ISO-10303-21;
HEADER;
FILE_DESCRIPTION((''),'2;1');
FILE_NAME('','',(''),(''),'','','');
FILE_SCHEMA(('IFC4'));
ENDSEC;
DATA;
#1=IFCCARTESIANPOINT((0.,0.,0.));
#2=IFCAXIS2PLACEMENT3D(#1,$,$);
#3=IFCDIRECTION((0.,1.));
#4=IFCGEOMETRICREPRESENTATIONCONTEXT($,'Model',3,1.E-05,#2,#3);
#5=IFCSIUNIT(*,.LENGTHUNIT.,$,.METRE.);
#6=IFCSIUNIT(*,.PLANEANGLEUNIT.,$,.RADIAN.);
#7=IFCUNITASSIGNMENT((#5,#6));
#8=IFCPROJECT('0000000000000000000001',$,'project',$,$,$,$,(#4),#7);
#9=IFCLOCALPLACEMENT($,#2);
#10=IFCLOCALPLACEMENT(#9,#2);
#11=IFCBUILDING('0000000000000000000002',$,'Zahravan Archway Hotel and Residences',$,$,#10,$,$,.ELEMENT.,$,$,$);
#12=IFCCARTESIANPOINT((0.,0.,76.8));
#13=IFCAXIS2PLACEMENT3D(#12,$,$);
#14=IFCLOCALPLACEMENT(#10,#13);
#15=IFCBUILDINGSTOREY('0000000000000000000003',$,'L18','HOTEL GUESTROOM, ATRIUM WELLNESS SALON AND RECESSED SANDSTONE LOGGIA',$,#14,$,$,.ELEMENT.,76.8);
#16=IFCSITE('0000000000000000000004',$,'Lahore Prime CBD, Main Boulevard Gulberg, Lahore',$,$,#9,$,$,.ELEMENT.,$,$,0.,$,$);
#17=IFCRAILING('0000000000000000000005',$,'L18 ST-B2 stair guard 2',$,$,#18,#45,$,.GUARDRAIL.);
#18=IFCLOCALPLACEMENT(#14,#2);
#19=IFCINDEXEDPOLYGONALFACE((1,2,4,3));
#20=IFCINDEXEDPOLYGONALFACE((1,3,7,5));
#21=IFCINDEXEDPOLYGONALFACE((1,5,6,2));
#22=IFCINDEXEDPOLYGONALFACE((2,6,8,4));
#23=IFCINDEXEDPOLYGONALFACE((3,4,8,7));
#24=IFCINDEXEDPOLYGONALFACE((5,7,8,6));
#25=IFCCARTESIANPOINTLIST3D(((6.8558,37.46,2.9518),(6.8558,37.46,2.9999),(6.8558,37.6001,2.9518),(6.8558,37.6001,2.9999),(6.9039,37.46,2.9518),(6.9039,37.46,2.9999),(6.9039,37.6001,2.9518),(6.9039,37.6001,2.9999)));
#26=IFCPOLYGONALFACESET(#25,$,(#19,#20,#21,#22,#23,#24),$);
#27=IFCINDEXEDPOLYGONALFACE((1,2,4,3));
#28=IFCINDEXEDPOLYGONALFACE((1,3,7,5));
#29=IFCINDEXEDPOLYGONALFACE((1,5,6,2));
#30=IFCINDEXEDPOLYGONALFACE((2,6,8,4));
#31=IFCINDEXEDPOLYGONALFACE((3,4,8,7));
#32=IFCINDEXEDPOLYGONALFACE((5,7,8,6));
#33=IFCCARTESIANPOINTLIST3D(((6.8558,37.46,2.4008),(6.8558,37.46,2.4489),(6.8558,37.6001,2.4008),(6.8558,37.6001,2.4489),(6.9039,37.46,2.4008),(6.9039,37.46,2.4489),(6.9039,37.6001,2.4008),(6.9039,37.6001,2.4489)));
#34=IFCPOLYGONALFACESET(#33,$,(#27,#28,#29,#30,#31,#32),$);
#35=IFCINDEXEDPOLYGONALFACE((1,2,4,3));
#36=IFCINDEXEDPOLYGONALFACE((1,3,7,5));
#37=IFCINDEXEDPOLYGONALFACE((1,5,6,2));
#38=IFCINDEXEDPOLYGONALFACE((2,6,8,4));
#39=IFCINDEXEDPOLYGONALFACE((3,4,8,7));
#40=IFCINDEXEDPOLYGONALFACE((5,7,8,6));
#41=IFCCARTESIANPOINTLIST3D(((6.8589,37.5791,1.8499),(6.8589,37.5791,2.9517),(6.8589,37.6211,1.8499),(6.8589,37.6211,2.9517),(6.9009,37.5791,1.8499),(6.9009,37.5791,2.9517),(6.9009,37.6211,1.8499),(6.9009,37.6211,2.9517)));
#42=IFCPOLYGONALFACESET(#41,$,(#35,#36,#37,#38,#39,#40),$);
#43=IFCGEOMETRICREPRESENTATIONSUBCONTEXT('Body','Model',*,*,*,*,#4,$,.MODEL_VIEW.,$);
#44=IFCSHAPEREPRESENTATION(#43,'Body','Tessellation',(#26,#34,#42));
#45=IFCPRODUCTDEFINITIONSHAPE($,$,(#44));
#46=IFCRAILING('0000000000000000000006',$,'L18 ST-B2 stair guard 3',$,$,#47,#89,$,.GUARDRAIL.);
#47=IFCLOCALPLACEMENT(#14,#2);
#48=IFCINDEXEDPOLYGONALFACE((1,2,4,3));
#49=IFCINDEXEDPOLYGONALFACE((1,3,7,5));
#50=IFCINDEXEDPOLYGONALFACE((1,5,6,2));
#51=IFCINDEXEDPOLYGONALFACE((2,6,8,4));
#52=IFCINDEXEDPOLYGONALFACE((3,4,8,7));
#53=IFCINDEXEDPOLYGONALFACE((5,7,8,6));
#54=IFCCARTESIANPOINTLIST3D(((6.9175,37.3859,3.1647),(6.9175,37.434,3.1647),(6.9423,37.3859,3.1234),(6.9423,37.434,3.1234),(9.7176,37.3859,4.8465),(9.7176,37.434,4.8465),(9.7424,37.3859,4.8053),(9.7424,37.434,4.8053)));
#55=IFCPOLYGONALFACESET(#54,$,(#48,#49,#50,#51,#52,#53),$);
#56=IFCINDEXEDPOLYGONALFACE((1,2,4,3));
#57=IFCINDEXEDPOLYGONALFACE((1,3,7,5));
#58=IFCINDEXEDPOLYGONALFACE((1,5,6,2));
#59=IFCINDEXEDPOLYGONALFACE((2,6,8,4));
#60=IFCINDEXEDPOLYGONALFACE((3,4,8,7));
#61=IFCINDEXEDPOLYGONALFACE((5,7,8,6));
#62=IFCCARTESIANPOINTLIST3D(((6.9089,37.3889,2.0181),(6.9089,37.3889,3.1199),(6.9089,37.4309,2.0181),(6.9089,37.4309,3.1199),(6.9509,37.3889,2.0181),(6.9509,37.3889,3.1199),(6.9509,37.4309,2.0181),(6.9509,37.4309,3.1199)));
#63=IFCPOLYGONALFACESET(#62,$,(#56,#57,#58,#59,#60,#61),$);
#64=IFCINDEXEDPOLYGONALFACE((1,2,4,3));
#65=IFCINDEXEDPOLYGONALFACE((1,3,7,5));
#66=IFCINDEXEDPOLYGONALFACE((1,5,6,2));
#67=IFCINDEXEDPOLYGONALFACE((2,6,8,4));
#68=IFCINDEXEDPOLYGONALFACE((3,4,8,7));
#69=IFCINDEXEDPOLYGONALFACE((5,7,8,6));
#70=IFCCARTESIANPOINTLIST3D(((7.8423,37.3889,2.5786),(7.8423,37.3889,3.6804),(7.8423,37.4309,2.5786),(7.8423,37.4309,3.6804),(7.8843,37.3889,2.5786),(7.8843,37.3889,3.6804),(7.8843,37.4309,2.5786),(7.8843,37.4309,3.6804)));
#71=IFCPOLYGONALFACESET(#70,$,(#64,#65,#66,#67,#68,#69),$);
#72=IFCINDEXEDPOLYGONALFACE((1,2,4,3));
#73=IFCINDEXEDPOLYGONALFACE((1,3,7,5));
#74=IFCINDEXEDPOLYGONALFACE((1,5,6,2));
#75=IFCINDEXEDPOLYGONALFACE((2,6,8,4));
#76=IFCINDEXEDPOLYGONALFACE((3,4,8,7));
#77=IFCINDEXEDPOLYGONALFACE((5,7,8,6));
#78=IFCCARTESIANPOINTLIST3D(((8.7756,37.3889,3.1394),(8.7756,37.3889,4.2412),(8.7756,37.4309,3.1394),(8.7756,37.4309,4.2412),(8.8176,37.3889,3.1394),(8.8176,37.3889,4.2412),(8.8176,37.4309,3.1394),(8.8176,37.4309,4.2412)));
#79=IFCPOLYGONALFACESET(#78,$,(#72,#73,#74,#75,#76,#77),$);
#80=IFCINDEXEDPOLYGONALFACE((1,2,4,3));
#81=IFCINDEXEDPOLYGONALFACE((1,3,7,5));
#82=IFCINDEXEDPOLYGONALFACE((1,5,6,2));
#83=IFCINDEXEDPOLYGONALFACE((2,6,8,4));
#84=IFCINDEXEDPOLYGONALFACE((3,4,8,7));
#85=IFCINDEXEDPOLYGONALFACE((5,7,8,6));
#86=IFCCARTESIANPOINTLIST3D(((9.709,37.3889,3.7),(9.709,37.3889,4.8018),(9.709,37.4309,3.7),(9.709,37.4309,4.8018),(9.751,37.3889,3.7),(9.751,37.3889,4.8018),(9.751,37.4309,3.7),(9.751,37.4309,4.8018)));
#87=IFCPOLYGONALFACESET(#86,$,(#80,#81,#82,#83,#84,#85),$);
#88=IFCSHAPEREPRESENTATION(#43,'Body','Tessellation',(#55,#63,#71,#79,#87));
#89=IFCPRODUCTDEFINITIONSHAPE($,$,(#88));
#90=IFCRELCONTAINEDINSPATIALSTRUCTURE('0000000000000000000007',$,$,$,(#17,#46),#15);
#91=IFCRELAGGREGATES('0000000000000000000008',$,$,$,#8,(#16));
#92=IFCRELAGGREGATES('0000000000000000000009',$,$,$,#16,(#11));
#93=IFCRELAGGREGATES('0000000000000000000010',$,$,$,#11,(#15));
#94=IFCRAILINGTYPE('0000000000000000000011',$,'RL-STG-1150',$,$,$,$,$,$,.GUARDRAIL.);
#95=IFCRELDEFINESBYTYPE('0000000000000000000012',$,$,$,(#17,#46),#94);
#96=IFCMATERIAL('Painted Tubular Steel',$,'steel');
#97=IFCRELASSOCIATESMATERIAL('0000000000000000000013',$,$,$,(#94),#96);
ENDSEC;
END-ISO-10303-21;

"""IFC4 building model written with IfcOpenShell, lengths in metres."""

from ifc_helpers import new_model, si_unit, direction, frame, origin, origin_2d, place, context, subcontext, project, spatial, rectangle, extrude, material, type_object, element, save


model = new_model("IFC4")

# Units and contexts
model_context = context("Model", 3, precision=1e-05, world=origin(), true_north=direction((0.0, 1.0)))
body_context = subcontext(model_context, "Body", "Model", "MODEL_VIEW")
ifc_project = project(units=[si_unit("LENGTHUNIT", "METRE"), si_unit("PLANEANGLEUNIT", "RADIAN")], contexts=[model_context])

# Site, building, storey
site_placement = place(None, origin())
site = spatial("IfcSite", under=ifc_project, at=site_placement, Name="Lahore Prime CBD, Main Boulevard Gulberg, Lahore", CompositionType="ELEMENT", RefElevation=0.0)
building_placement = place(site_placement, origin())
building = spatial("IfcBuilding", under=site, at=building_placement, Name="Zahravan Archway Hotel and Residences", CompositionType="ELEMENT")
storey_placement = place(building_placement, frame((0.0, 0.0, 76.8)))
storey = spatial("IfcBuildingStorey", under=building, at=storey_placement, Name="L18", Description="HOTEL GUESTROOM, ATRIUM WELLNESS SALON AND RECESSED SANDSTONE LOGGIA", CompositionType="ELEMENT", Elevation=76.8)

# Railings
ifc_material_1 = material(Name="Painted Tubular Steel", Category="steel")
railing_type_1 = type_object("IfcRailingType", Name="RL-STG-1150", PredefinedType="GUARDRAIL", material=ifc_material_1)
railing_1_placement = place(storey_placement, frame((6.8799, 37.6001, 1.8499)))
element("IfcRailing", 1, at=railing_1_placement, inside=storey, type_object=railing_type_1, Name="L18 ST-B2 stair guard 2", PredefinedType="GUARDRAIL", context=body_context, shape_type="SweptSolid", body=[
    extrude(rectangle(XDim=0.0481, YDim=0.0481, at=origin_2d()), frame((0.0, 0.0, 1.126), z_axis=(0.0, -1.0, 0.0), x_axis=(1.0, 0.0, 0.0)), (0.0, 0.0, 1.0), 0.1401),
    extrude(rectangle(XDim=0.0481, YDim=0.0481, at=origin_2d()), frame((0.0, 0.0, 0.575), z_axis=(0.0, -1.0, 0.0), x_axis=(1.0, 0.0, 0.0)), (0.0, 0.0, 1.0), 0.1401),
    extrude(rectangle(XDim=0.042, YDim=0.042, at=origin_2d()), origin(), (0.0, 0.0, 1.0), 1.1018),
])
railing_2_placement = place(storey_placement, frame((6.9299, 37.4099, 2.0181)))
element("IfcRailing", 2, at=railing_2_placement, inside=storey, type_object=railing_type_1, Name="L18 ST-B2 stair guard 3", PredefinedType="GUARDRAIL", context=body_context, shape_type="SweptSolid", body=[
    extrude(rectangle(XDim=0.0481, YDim=0.0481, at=origin_2d()), frame((0.0, 0.0, 1.126), z_axis=(0.857242, 0.0, 0.514913), x_axis=(0.0, 1.0, 0.0)), (0.0, 0.0, 1.0), 3.2664),
    extrude(rectangle(XDim=0.042, YDim=0.042, at=origin_2d()), origin(), (0.0, 0.0, 1.0), 1.1018),
    extrude(rectangle(XDim=0.042, YDim=0.042, at=origin_2d()), frame((0.9333, 0.0, 0.5605)), (0.0, 0.0, 1.0), 1.1018),
    extrude(rectangle(XDim=0.042, YDim=0.042, at=origin_2d()), frame((1.8667, 0.0, 1.1213)), (0.0, 0.0, 1.0), 1.1018),
    extrude(rectangle(XDim=0.042, YDim=0.042, at=origin_2d()), frame((2.8, 0.0, 1.6819)), (0.0, 0.0, 1.0), 1.1018),
])

save(model, "model.ifc")
